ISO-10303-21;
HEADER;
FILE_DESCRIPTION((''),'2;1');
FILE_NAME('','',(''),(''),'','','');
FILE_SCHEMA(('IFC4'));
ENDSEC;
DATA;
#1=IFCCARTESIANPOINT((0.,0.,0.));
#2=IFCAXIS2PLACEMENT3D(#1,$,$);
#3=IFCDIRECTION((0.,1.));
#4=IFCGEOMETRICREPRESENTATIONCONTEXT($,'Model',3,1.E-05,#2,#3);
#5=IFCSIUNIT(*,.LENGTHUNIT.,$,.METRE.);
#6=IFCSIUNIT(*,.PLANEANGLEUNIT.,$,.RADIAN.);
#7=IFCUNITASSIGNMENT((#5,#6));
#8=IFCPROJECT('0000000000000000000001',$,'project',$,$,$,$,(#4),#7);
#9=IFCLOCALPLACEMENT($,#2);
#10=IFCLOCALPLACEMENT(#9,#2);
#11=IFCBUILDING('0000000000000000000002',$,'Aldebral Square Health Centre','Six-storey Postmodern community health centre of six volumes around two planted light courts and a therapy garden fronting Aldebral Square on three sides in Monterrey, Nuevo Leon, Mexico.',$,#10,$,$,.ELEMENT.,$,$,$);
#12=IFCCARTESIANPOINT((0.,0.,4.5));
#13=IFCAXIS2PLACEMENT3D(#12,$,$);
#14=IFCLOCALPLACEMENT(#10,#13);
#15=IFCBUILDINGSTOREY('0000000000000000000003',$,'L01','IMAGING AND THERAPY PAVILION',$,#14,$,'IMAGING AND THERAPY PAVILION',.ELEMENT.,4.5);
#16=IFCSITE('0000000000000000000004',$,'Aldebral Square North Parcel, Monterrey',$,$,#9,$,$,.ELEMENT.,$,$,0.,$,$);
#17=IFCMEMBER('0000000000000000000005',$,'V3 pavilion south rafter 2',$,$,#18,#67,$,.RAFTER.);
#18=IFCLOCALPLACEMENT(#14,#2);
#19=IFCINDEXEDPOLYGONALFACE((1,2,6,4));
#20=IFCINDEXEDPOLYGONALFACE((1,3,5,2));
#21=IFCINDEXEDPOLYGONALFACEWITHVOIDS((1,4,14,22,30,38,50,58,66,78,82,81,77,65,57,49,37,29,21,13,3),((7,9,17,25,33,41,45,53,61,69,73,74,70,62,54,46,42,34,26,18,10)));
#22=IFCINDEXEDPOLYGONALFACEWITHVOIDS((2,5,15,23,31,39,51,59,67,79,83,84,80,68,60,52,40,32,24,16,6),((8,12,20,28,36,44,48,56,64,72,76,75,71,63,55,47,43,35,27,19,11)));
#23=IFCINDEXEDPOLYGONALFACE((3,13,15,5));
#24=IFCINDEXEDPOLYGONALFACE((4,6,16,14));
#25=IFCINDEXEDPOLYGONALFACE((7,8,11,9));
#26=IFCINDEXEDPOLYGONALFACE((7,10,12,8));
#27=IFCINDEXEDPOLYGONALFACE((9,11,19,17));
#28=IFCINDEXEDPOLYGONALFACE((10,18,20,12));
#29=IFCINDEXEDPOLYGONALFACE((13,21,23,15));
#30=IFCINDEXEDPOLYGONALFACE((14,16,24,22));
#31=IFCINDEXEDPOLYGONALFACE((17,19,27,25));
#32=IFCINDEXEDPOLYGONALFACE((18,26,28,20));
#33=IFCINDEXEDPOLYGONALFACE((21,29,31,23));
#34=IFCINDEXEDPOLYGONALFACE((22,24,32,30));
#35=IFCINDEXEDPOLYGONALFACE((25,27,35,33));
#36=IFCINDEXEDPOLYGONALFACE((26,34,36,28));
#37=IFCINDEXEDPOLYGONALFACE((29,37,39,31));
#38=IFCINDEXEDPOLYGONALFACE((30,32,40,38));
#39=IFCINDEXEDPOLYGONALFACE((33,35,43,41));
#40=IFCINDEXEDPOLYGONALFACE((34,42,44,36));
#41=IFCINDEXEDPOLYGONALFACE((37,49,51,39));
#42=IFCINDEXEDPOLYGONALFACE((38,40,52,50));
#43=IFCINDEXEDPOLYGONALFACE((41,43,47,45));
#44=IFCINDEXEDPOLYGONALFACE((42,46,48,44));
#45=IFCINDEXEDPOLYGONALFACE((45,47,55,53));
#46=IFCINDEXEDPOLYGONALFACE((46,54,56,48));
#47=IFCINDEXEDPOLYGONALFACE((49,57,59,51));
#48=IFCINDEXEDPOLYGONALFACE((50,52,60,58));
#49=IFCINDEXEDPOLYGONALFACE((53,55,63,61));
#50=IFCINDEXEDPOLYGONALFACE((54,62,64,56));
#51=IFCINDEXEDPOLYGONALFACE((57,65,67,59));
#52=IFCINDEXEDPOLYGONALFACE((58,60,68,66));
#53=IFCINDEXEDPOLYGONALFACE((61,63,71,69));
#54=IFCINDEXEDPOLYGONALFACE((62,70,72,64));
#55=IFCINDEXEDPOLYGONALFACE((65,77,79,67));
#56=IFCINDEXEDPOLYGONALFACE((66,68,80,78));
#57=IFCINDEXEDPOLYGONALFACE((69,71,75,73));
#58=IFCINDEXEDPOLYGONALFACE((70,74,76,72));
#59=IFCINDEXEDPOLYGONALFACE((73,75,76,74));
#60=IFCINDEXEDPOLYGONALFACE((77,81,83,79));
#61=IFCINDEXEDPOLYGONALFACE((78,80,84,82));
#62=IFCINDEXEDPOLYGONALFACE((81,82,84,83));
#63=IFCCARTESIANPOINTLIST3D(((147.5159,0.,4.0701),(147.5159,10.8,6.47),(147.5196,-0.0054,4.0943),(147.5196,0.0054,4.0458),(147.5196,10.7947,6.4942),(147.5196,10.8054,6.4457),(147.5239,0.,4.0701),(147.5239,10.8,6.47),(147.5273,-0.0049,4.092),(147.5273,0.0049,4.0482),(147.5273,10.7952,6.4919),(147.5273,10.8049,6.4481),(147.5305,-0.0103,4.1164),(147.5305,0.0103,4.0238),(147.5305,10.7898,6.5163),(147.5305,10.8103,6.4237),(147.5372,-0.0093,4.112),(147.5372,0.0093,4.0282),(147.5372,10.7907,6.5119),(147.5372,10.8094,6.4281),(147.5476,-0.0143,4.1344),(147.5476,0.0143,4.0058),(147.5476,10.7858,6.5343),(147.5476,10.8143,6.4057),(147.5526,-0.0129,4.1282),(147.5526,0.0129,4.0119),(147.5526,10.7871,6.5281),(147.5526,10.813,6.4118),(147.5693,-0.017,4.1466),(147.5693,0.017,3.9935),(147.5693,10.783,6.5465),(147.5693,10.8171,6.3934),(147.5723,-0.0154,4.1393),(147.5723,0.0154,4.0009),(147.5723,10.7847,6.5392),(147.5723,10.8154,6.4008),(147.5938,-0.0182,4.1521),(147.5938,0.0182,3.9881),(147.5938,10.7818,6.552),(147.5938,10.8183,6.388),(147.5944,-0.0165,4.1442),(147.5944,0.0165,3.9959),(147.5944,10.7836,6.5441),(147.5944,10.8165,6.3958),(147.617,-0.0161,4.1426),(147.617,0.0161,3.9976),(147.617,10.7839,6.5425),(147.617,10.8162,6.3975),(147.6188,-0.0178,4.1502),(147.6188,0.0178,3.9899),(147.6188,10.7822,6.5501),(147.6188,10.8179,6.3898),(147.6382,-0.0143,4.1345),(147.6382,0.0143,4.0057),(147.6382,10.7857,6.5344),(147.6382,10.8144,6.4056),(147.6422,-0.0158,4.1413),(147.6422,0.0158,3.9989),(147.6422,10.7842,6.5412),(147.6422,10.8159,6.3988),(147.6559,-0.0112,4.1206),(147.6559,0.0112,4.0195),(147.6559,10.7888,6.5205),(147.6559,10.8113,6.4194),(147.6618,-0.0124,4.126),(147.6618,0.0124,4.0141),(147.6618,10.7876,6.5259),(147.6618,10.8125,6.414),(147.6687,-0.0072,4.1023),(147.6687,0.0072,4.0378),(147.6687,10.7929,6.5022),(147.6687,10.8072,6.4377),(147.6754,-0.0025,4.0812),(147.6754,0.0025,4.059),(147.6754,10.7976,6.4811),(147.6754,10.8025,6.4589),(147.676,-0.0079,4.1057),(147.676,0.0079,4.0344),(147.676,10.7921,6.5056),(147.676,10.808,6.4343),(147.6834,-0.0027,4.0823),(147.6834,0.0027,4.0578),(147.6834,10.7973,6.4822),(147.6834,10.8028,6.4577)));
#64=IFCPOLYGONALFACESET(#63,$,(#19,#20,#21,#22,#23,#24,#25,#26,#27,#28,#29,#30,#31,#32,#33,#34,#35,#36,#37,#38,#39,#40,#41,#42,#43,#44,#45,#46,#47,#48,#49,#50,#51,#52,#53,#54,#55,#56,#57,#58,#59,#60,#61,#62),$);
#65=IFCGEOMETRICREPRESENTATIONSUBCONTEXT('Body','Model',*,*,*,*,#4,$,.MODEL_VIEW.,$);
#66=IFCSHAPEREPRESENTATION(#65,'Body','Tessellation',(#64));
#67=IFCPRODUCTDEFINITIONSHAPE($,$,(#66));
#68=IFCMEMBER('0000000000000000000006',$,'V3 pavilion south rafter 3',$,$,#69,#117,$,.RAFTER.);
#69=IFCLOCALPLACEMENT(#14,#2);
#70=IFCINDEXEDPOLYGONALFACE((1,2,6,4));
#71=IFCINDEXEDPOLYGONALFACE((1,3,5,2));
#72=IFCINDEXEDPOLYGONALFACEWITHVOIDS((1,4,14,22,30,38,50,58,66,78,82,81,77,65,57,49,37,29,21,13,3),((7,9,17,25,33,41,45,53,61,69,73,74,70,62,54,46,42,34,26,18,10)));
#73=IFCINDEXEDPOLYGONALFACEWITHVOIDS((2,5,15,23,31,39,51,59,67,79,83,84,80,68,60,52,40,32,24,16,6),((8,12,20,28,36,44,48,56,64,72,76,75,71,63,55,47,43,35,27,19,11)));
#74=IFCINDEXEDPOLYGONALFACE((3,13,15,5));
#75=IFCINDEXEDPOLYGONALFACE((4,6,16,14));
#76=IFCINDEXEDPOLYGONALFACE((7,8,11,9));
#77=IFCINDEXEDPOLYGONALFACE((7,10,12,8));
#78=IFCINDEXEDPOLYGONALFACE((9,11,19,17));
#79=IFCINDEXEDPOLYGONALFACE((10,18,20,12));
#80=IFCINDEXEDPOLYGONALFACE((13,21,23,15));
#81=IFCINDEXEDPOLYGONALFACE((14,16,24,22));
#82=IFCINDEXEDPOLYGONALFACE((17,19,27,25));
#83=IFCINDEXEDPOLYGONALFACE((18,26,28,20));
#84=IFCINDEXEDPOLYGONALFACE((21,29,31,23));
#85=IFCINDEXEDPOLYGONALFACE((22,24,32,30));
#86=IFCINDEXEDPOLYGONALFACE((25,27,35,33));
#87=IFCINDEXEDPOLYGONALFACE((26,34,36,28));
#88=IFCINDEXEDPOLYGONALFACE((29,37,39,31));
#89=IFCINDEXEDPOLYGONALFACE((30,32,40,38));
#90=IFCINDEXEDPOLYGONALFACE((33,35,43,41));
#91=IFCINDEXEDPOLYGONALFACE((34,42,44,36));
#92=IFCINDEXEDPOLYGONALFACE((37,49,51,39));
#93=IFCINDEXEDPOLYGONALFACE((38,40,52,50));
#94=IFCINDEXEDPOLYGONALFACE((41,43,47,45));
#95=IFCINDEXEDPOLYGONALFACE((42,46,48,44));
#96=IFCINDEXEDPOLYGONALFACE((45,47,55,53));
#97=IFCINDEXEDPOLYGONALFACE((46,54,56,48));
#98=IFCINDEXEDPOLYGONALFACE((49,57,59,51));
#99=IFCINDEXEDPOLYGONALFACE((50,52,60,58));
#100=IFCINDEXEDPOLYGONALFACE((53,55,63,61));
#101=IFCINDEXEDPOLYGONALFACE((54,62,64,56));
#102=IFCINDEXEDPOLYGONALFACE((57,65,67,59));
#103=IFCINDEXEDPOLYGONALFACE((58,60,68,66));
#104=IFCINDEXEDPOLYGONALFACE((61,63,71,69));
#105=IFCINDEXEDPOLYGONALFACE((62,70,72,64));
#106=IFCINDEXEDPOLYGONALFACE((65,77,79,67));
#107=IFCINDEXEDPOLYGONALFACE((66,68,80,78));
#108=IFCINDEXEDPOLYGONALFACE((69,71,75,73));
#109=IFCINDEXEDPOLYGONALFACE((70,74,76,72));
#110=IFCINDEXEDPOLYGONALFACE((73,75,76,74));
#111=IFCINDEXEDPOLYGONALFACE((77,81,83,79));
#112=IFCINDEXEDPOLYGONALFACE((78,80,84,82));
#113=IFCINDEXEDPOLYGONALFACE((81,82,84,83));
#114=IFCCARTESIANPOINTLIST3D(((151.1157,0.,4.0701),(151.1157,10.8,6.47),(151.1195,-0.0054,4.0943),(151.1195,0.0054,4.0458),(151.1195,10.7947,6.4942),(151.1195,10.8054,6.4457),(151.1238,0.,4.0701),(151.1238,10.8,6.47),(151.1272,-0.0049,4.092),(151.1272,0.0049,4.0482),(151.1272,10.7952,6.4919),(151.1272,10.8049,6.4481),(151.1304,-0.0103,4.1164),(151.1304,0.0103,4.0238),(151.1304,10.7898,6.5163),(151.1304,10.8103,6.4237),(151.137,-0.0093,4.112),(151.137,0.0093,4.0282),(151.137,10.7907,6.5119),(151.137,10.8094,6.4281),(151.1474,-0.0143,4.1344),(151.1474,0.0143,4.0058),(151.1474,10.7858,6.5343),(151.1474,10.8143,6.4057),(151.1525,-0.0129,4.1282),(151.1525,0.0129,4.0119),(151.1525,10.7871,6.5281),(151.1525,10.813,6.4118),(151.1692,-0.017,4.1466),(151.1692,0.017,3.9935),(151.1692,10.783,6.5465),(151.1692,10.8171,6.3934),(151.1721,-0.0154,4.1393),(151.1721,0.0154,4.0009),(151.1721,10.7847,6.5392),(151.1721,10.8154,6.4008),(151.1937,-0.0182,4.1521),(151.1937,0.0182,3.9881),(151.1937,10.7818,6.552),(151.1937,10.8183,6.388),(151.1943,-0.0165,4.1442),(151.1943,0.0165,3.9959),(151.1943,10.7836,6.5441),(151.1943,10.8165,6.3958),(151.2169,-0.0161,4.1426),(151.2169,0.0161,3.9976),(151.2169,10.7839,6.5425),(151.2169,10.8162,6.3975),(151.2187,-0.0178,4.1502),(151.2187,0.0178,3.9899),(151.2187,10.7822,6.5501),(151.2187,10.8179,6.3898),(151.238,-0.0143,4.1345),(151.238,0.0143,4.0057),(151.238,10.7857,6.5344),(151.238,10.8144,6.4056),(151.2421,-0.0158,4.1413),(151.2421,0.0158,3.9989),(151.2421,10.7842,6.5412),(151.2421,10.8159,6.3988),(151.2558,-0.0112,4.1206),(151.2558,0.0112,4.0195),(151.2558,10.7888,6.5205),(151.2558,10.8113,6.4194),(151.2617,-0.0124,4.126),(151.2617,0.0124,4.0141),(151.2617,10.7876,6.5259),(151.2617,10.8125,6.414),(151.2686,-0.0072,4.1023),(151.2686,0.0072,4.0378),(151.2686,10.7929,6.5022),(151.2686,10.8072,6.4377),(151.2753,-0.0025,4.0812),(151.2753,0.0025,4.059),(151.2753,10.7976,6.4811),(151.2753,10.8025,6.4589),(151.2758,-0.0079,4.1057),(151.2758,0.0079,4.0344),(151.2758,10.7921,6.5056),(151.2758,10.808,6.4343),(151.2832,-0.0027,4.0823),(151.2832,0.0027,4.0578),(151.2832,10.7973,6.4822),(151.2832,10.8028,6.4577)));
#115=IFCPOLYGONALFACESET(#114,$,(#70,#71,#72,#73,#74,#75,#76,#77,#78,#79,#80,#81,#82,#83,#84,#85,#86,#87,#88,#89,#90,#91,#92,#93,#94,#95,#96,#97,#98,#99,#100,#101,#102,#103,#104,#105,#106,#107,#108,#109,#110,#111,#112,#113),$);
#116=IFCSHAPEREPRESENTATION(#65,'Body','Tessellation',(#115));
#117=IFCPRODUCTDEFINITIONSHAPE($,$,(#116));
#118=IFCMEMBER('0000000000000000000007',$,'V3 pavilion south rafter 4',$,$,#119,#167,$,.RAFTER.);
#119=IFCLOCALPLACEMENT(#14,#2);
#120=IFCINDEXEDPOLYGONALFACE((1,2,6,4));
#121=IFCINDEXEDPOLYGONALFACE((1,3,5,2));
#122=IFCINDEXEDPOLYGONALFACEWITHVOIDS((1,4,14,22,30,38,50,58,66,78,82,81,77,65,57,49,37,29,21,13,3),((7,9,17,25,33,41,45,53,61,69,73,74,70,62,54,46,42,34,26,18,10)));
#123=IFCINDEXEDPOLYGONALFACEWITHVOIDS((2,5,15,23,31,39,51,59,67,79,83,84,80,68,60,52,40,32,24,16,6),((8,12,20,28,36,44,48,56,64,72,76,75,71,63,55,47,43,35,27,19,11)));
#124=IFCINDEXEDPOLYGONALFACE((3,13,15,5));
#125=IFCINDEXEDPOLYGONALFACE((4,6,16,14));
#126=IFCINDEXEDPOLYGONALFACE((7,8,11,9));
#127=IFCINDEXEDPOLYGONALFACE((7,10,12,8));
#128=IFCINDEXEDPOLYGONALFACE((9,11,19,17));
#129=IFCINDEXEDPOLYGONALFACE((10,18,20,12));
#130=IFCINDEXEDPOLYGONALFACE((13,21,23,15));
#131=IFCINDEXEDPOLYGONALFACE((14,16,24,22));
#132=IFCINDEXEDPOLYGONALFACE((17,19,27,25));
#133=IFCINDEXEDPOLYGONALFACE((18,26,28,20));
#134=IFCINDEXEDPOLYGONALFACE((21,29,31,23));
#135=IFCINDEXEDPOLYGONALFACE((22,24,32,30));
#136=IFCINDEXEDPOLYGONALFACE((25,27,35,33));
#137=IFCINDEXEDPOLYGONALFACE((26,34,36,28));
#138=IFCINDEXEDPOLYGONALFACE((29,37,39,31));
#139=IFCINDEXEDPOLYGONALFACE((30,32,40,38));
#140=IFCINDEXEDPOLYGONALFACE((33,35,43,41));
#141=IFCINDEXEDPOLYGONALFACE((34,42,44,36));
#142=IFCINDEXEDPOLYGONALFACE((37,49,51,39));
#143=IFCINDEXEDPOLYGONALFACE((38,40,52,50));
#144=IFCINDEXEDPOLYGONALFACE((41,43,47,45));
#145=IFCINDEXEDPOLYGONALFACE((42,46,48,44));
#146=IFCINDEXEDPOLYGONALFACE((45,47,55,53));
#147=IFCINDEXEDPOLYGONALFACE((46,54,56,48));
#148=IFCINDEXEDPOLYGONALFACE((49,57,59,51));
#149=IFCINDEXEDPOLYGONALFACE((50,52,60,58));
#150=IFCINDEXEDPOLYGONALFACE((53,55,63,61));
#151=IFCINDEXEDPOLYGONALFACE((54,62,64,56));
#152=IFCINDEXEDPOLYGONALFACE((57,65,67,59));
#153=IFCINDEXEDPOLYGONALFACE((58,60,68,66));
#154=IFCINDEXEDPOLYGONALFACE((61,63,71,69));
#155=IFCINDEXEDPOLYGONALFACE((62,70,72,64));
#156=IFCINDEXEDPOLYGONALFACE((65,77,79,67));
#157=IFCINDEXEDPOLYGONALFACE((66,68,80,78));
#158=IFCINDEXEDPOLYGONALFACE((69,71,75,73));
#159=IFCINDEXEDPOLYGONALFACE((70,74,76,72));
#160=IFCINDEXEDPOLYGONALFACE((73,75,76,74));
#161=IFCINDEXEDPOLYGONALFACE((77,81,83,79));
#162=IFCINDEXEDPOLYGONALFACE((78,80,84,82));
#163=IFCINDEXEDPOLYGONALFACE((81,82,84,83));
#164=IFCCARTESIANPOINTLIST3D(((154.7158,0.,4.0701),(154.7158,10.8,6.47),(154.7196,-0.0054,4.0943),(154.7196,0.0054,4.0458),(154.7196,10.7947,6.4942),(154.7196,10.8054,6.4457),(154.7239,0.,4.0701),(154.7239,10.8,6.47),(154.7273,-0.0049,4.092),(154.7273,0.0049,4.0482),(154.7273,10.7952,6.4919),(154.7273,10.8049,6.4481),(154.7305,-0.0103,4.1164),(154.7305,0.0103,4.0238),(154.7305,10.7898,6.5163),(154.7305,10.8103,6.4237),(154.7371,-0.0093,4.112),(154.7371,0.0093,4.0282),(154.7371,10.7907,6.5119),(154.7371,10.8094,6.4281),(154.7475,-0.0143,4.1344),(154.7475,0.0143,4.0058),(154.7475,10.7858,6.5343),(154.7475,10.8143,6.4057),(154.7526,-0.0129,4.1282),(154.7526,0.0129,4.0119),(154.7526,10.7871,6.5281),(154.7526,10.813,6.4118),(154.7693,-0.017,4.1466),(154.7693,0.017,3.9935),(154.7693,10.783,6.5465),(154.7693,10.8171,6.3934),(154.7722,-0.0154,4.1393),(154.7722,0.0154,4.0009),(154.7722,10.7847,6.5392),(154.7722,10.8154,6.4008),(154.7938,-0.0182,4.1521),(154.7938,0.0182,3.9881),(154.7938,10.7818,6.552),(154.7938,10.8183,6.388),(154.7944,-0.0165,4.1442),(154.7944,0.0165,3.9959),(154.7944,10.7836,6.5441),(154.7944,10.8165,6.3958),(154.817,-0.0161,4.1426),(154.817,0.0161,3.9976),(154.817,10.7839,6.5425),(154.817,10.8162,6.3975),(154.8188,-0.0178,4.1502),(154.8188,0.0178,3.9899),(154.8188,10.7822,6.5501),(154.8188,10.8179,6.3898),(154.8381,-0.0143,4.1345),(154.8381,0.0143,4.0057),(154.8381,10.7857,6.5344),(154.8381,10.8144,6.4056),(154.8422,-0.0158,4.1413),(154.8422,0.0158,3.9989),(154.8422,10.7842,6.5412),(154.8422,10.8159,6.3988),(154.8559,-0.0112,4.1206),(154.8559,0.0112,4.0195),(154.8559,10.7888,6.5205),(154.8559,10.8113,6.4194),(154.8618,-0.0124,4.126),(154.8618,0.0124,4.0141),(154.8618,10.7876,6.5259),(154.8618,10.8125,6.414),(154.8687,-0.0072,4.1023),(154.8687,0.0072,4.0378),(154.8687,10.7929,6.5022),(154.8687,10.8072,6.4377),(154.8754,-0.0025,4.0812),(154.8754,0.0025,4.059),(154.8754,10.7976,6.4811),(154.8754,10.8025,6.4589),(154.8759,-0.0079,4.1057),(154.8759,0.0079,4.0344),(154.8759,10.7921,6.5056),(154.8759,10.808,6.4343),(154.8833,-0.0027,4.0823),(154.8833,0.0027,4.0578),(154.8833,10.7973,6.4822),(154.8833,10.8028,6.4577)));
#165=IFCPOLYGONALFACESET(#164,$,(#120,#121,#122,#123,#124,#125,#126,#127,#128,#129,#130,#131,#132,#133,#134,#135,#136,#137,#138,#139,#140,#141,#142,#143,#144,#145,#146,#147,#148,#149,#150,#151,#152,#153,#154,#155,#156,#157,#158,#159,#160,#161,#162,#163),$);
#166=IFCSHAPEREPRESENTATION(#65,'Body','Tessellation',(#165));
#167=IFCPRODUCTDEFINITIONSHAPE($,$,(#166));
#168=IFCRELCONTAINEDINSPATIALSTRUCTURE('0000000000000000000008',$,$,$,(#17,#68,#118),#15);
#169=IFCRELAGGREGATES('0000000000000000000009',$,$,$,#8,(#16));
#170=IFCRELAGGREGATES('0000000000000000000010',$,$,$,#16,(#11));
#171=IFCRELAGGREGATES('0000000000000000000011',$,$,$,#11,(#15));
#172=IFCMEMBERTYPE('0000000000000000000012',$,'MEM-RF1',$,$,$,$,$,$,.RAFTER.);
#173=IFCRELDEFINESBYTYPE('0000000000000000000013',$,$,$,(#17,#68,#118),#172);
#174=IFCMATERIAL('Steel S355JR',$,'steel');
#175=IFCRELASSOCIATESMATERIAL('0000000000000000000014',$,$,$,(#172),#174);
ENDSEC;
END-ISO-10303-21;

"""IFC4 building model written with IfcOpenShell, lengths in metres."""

from ifc_helpers import new_model, si_unit, direction, frame, origin, origin_2d, place, context, subcontext, project, spatial, hollow_circle, extrude, material, material_profile, profile_set, type_object, element, save


model = new_model("IFC4")

# Units and contexts
model_context = context("Model", 3, precision=1e-05, world=origin(), true_north=direction((0.0, 1.0)))
body_context = subcontext(model_context, "Body", "Model", "MODEL_VIEW")
ifc_project = project(units=[si_unit("LENGTHUNIT", "METRE"), si_unit("PLANEANGLEUNIT", "RADIAN")], contexts=[model_context])

# Site, building, storey
site_placement = place(None, origin())
site = spatial("IfcSite", under=ifc_project, at=site_placement, Name="Aldebral Square North Parcel, Monterrey", CompositionType="ELEMENT", RefElevation=0.0)
building_placement = place(site_placement, origin())
building = spatial("IfcBuilding", under=site, at=building_placement, Name="Aldebral Square Health Centre", Description="Six-storey Postmodern community health centre of six volumes around two planted light courts and a therapy garden fronting Aldebral Square on three sides in Monterrey, Nuevo Leon, Mexico.", CompositionType="ELEMENT")
storey_placement = place(building_placement, frame((0.0, 0.0, 4.5)))
storey = spatial("IfcBuildingStorey", under=building, at=storey_placement, Name="L01", Description="IMAGING AND THERAPY PAVILION", LongName="IMAGING AND THERAPY PAVILION", CompositionType="ELEMENT", Elevation=4.5)

# Members
ifc_material_1 = material(Name="Steel S355JR", Category="steel")
ifc_material_profile_1 = material_profile(ifc_material_1, hollow_circle(Radius=0.0842, WallThickness=0.0081, at=origin_2d()), Name="168.3x8.0 CHS")
ifc_profile_set_1 = profile_set([ifc_material_profile_1], Name="Steel S355JR")
member_type = type_object("IfcMemberType", Name="MEM-RF1", PredefinedType="RAFTER", material=ifc_profile_set_1)
for number, where, z_axis, x_axis, name in (
    (1, (147.6001, 0.0, 4.0701), (0.0, 0.976189, 0.216921), (-1.0, 0.0, 0.0), "V3 pavilion south rafter 2"),
    (2, (151.2, 0.0, 4.0701), (0.0, 0.976189, 0.216921), (-1.0, 0.0, 0.0), "V3 pavilion south rafter 3"),
    (3, (154.8, 0.0, 4.0701), (0.0, 0.976189, 0.216921), (-1.0, 0.0, 0.0), "V3 pavilion south rafter 4"),
):
    element("IfcMember", number, at=place(storey_placement, frame(where, z_axis=z_axis, x_axis=x_axis)), inside=storey, type_object=member_type, Name=name, PredefinedType="RAFTER", context=body_context, shape_type="SweptSolid", body=[
        extrude(hollow_circle(Radius=0.0842, WallThickness=0.0081, at=origin_2d()), origin(), (0.0, 0.0, 1.0), 11.0635),
    ])

save(model, "model.ifc")
